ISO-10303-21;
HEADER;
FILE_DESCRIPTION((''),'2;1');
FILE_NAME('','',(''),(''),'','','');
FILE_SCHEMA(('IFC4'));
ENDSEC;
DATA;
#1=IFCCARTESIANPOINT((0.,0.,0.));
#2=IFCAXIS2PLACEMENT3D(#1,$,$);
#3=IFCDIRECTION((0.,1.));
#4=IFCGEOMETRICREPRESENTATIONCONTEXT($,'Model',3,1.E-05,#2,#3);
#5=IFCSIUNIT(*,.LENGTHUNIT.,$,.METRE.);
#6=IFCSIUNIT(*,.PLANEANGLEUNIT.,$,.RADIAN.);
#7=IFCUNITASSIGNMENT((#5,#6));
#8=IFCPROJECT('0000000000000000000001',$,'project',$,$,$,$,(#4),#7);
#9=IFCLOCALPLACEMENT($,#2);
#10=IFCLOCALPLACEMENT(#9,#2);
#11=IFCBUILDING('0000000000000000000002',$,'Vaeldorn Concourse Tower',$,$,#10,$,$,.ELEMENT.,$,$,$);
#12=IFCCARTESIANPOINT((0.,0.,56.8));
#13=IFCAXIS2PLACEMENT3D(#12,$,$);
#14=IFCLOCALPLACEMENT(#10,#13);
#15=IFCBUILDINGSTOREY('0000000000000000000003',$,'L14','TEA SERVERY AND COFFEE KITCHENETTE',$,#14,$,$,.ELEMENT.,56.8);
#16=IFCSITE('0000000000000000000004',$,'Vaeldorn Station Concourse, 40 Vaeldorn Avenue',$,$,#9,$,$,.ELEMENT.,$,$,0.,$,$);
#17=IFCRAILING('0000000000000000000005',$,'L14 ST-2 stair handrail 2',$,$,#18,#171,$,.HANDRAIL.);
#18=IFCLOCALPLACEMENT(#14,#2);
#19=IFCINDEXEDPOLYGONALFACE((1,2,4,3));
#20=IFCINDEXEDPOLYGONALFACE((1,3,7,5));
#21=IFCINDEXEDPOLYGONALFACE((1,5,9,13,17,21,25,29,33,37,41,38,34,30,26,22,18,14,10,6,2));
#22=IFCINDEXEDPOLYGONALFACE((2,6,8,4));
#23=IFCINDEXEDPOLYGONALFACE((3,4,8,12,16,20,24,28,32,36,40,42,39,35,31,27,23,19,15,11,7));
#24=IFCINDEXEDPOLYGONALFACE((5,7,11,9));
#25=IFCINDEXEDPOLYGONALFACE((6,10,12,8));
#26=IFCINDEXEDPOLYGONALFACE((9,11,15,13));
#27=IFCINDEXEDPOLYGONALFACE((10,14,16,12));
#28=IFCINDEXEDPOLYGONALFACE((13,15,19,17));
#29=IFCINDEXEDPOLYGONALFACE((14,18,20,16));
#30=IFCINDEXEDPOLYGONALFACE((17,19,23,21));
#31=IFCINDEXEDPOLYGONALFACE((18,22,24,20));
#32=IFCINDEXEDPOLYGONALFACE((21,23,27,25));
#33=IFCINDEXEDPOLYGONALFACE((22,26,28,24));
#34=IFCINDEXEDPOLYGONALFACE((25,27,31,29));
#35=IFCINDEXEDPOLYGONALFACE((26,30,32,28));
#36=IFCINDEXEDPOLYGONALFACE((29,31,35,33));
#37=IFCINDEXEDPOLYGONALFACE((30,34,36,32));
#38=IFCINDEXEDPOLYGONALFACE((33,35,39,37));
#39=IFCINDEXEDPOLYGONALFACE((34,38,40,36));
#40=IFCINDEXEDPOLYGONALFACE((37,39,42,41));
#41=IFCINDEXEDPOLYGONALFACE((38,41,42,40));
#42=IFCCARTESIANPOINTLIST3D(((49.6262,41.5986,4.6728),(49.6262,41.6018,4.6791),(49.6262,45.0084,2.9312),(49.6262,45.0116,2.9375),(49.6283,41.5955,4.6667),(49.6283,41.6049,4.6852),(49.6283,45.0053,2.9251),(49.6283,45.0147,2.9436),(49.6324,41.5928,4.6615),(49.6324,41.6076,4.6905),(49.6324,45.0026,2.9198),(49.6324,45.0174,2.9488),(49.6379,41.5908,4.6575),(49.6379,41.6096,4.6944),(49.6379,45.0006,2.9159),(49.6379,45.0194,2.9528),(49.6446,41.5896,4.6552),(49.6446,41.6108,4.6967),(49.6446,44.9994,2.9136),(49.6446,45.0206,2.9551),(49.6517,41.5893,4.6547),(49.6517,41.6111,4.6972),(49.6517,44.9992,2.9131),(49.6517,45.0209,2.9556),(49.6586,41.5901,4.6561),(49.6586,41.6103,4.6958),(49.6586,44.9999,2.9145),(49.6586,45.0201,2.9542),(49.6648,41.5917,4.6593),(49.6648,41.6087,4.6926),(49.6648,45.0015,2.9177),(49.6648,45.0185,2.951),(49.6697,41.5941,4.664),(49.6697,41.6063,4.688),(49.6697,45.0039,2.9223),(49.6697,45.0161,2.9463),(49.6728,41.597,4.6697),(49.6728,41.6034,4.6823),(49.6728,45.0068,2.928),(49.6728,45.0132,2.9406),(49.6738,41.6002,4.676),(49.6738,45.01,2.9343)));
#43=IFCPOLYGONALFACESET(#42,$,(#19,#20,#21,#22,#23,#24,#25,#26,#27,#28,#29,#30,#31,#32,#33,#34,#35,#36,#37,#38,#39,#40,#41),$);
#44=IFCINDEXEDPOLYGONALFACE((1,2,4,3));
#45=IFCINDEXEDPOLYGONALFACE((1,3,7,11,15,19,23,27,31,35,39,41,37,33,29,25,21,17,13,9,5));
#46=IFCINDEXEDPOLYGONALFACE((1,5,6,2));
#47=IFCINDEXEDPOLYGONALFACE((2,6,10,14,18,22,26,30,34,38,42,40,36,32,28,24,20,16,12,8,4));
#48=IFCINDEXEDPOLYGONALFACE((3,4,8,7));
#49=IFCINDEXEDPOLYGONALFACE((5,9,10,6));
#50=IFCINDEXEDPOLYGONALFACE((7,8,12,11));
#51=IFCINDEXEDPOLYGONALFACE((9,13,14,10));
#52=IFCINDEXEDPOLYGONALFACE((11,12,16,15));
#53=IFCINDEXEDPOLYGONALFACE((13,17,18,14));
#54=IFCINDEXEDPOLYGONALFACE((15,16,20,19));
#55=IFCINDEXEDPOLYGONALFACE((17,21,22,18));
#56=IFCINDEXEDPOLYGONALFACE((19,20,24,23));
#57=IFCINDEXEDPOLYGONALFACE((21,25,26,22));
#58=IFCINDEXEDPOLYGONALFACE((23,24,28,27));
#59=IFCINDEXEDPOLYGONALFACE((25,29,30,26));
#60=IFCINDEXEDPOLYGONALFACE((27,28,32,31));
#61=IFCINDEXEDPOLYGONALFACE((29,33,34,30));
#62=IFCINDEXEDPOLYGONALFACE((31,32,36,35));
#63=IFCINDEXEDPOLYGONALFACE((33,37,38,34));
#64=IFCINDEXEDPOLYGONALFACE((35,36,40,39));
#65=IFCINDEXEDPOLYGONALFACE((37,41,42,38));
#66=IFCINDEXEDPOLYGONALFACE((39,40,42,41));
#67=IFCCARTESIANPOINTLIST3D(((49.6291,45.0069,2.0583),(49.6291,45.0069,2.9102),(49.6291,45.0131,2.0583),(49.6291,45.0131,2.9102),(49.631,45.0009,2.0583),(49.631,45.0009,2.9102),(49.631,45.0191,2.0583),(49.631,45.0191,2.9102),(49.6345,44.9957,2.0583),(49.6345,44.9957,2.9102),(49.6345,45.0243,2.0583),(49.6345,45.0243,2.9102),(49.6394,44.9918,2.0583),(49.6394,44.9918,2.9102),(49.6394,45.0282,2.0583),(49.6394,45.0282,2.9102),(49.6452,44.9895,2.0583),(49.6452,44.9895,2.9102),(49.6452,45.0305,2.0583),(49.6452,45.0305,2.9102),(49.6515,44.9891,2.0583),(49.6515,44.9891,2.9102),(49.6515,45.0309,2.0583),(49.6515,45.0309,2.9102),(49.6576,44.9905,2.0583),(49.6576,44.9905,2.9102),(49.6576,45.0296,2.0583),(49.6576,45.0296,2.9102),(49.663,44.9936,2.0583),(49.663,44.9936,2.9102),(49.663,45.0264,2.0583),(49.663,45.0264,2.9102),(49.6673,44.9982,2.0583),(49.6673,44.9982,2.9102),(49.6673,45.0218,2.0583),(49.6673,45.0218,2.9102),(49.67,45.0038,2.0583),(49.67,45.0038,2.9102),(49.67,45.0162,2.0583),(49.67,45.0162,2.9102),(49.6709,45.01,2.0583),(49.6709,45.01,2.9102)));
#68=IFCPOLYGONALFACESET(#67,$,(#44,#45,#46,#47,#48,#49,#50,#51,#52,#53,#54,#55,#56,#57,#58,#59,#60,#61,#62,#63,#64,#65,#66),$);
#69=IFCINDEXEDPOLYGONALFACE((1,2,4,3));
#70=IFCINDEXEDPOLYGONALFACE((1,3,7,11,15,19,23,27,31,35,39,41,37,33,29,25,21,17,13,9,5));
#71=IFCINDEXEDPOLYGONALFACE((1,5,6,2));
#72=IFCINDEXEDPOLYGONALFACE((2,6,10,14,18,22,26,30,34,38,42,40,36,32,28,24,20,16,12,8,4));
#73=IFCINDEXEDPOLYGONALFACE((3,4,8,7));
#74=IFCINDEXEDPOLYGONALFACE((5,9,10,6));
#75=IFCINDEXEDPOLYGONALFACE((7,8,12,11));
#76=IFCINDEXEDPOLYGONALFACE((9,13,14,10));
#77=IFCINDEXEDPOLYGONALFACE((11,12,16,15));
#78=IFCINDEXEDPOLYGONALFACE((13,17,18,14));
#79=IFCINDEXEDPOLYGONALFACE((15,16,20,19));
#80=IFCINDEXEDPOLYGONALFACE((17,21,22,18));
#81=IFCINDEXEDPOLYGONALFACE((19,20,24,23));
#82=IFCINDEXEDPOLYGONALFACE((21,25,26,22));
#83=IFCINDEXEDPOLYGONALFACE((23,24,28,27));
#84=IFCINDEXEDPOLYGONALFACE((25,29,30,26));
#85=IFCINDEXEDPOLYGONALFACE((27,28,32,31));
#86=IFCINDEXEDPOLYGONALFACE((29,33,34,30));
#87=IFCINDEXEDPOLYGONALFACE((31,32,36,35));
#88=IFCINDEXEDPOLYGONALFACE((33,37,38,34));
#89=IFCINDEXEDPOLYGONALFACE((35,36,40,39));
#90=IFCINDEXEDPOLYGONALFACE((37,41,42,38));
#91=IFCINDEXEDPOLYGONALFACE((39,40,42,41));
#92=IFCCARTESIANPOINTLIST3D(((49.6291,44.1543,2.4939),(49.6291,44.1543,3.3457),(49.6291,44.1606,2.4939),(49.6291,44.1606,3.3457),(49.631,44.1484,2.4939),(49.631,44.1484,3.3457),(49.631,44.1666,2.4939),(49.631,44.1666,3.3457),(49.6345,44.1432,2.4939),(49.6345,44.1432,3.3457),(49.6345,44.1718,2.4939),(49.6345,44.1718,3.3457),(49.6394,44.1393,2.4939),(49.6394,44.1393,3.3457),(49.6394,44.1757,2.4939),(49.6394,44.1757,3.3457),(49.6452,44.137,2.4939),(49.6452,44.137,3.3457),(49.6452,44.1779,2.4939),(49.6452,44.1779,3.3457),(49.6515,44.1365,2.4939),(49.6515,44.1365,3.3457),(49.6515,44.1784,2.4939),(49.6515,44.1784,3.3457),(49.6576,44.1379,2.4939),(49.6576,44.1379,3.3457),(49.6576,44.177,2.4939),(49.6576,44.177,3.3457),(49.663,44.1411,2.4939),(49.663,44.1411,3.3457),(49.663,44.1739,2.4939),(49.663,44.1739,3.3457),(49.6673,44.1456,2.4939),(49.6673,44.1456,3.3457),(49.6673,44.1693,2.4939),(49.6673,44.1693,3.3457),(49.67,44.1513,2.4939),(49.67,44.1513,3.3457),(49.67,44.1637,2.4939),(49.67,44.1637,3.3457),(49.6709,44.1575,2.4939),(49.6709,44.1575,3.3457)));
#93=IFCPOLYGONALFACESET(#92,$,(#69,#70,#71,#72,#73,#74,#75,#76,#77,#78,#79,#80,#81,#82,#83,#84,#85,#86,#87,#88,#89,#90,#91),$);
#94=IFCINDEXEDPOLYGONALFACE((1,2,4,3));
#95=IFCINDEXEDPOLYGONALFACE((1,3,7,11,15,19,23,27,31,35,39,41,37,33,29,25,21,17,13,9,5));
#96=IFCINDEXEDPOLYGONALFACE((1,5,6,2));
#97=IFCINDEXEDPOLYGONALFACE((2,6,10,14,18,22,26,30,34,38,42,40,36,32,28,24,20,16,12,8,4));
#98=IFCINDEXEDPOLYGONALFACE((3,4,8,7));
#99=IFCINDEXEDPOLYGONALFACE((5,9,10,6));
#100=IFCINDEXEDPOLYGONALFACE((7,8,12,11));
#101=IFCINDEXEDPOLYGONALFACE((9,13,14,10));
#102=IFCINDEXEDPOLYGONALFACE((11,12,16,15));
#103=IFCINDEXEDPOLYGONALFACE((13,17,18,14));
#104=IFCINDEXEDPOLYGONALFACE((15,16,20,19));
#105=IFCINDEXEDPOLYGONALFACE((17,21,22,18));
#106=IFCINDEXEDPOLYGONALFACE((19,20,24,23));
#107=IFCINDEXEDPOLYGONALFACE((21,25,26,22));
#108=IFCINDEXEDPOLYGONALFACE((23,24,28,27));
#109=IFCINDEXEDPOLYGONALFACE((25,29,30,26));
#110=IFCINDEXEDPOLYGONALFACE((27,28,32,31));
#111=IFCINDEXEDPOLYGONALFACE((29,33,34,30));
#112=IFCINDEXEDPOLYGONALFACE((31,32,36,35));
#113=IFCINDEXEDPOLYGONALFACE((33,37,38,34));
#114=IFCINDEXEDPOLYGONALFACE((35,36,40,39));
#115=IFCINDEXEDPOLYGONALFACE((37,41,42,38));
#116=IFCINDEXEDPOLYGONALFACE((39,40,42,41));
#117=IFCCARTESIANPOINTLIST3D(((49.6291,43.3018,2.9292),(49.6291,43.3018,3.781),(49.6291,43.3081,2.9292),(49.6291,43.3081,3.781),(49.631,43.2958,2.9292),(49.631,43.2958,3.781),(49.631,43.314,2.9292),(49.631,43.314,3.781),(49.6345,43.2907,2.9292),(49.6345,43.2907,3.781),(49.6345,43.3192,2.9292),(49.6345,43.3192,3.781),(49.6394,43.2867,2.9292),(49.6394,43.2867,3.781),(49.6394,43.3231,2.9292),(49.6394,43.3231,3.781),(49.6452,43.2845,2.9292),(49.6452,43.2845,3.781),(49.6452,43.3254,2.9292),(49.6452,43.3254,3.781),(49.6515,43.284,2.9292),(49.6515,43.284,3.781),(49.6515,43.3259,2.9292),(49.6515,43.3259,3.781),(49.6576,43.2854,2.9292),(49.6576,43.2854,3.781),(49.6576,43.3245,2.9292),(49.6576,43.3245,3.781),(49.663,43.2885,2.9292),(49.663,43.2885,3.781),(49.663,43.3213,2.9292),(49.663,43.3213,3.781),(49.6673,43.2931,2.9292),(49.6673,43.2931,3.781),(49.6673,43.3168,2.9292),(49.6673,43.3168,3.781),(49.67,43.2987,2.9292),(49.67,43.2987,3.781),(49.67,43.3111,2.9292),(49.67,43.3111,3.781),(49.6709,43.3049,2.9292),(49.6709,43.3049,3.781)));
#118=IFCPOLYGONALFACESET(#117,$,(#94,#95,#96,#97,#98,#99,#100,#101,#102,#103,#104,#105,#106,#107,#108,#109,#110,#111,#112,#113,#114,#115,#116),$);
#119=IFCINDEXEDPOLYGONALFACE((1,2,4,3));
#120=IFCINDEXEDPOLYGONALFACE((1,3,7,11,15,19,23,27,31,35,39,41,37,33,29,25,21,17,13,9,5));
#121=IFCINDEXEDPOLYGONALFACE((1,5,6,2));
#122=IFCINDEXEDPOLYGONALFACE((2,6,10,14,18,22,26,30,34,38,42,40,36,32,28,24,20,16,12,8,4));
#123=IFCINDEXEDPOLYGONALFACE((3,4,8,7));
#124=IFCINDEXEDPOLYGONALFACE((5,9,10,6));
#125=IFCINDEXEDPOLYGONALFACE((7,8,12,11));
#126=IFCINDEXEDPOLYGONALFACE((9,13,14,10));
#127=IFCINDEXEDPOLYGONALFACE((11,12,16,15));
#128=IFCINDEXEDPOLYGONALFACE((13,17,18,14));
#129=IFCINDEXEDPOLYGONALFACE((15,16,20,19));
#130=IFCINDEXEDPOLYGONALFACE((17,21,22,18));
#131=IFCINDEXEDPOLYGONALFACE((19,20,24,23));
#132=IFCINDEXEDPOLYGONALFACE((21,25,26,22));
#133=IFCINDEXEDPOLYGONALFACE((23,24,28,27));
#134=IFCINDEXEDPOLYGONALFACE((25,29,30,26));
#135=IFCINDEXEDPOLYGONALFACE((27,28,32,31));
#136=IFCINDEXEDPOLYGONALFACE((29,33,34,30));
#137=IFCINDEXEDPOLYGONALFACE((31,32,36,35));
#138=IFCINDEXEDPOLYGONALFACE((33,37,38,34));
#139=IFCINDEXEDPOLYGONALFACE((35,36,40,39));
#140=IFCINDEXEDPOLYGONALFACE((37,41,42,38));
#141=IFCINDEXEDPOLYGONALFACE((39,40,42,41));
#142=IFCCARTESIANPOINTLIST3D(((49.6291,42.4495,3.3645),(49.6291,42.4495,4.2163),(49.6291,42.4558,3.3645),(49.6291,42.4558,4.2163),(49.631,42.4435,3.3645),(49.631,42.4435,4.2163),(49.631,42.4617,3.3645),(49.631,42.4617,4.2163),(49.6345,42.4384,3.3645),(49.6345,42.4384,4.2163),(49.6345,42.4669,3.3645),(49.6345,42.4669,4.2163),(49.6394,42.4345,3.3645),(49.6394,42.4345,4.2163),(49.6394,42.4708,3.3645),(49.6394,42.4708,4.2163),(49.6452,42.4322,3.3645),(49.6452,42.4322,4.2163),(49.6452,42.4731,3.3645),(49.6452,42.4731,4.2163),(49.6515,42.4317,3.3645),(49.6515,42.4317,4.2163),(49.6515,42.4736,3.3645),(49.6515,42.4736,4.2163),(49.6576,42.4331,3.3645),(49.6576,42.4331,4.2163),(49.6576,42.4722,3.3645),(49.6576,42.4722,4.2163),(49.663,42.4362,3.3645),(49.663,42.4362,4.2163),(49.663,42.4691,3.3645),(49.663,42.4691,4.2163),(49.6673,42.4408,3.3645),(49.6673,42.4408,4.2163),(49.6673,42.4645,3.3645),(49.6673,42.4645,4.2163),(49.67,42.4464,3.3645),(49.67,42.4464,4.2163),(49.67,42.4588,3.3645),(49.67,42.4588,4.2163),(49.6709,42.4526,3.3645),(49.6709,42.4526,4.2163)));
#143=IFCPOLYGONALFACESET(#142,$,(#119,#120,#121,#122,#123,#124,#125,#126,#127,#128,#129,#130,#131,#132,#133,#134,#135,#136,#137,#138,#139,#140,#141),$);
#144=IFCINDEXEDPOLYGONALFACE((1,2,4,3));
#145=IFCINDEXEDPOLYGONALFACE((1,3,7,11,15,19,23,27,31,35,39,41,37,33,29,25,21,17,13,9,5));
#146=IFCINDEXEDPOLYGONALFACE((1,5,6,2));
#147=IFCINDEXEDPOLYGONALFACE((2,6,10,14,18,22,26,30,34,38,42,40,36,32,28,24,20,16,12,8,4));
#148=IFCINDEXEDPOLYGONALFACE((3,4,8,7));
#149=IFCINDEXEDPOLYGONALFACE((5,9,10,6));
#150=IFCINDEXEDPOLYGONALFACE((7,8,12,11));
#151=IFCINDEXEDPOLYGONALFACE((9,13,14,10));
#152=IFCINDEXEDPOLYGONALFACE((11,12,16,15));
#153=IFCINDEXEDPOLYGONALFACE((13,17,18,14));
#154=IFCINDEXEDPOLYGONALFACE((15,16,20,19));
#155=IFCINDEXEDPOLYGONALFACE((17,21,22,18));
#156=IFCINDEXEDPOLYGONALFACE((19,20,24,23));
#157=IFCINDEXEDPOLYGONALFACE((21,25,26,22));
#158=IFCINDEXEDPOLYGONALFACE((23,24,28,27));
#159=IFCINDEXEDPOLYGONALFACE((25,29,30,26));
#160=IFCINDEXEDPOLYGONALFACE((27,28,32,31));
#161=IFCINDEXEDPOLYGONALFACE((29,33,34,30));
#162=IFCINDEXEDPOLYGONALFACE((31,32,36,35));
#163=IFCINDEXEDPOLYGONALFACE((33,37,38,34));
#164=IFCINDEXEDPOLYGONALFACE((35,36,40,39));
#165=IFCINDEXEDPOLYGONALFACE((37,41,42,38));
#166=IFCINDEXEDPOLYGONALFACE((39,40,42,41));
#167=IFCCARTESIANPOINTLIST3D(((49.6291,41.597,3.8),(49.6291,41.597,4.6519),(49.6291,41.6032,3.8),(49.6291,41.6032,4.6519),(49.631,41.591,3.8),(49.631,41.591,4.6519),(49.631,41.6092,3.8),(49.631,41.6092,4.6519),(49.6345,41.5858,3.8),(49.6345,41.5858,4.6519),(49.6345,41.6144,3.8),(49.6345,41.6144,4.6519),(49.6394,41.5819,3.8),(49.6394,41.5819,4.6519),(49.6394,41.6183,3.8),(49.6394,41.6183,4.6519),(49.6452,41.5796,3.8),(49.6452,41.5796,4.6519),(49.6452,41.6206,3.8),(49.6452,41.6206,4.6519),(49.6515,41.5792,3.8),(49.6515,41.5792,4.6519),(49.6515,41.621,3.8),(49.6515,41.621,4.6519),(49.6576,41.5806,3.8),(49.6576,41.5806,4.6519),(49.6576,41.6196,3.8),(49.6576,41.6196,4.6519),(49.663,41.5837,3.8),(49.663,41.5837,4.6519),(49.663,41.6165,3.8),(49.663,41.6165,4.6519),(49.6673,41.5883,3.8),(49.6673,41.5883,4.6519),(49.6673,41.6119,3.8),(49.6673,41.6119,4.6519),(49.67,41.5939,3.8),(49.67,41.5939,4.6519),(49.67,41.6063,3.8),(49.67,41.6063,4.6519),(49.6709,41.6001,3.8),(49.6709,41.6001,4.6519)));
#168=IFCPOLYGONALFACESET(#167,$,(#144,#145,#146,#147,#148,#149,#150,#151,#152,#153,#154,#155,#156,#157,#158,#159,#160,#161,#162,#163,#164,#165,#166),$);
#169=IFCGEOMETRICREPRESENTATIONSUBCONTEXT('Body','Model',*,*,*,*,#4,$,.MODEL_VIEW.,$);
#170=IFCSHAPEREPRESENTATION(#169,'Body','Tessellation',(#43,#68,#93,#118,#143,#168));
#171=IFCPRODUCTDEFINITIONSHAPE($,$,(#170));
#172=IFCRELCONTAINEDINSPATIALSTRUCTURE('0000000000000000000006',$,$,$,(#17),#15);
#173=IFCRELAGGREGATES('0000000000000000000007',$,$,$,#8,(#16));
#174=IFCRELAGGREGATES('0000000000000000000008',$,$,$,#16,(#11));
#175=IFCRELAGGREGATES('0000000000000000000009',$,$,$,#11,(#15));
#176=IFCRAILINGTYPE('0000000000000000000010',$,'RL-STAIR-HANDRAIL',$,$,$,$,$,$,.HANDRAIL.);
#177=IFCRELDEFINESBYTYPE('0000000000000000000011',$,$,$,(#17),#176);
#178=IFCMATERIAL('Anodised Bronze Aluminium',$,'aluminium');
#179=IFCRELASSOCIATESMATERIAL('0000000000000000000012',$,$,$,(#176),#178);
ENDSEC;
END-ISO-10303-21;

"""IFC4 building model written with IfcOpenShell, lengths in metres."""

from ifc_helpers import new_model, si_unit, direction, frame, origin, origin_2d, place, context, subcontext, project, spatial, circle, extrude, material, type_object, element, save


model = new_model("IFC4")

# Units and contexts
model_context = context("Model", 3, precision=1e-05, world=origin(), true_north=direction((0.0, 1.0)))
body_context = subcontext(model_context, "Body", "Model", "MODEL_VIEW")
ifc_project = project(units=[si_unit("LENGTHUNIT", "METRE"), si_unit("PLANEANGLEUNIT", "RADIAN")], contexts=[model_context])

# Site, building, storey
site_placement = place(None, origin())
site = spatial("IfcSite", under=ifc_project, at=site_placement, Name="Vaeldorn Station Concourse, 40 Vaeldorn Avenue", CompositionType="ELEMENT", RefElevation=0.0)
building_placement = place(site_placement, origin())
building = spatial("IfcBuilding", under=site, at=building_placement, Name="Vaeldorn Concourse Tower", CompositionType="ELEMENT")
storey_placement = place(building_placement, frame((0.0, 0.0, 56.8)))
storey = spatial("IfcBuildingStorey", under=building, at=storey_placement, Name="L14", Description="TEA SERVERY AND COFFEE KITCHENETTE", CompositionType="ELEMENT", Elevation=56.8)

# Shared definitions
ifc_material_1 = material(Name="Anodised Bronze Aluminium", Category="aluminium")

# Railing
railing_type_1 = type_object("IfcRailingType", Name="RL-STAIR-HANDRAIL", PredefinedType="HANDRAIL", material=ifc_material_1)
railing_1_placement = place(storey_placement, frame((49.6499, 45.01, 2.0583)))
element("IfcRailing", 1, at=railing_1_placement, inside=storey, type_object=railing_type_1, Name="L14 ST-2 stair handrail 2", PredefinedType="HANDRAIL", context=body_context, shape_type="SweptSolid", body=[
    extrude(circle(Radius=0.0239, at=origin_2d()), frame((0.0, 0.0, 0.876), z_axis=(0.0, -0.890556, 0.454874), x_axis=(1.0, 0.0, 0.0)), (0.0, 0.0, 1.0), 3.8289),
    extrude(circle(Radius=0.021, at=origin_2d()), origin(), (0.0, 0.0, 1.0), 0.8518),
    extrude(circle(Radius=0.021, at=origin_2d()), frame((0.0, -0.8525, 0.4355)), (0.0, 0.0, 1.0), 0.8518),
    extrude(circle(Radius=0.021, at=origin_2d()), frame((0.0, -1.7051, 0.8708)), (0.0, 0.0, 1.0), 0.8518),
    extrude(circle(Radius=0.021, at=origin_2d()), frame((0.0, -2.5574, 1.3062)), (0.0, 0.0, 1.0), 0.8518),
    extrude(circle(Radius=0.021, at=origin_2d()), frame((0.0, -3.4099, 1.7417)), (0.0, 0.0, 1.0), 0.8518),
])

save(model, "model.ifc")
